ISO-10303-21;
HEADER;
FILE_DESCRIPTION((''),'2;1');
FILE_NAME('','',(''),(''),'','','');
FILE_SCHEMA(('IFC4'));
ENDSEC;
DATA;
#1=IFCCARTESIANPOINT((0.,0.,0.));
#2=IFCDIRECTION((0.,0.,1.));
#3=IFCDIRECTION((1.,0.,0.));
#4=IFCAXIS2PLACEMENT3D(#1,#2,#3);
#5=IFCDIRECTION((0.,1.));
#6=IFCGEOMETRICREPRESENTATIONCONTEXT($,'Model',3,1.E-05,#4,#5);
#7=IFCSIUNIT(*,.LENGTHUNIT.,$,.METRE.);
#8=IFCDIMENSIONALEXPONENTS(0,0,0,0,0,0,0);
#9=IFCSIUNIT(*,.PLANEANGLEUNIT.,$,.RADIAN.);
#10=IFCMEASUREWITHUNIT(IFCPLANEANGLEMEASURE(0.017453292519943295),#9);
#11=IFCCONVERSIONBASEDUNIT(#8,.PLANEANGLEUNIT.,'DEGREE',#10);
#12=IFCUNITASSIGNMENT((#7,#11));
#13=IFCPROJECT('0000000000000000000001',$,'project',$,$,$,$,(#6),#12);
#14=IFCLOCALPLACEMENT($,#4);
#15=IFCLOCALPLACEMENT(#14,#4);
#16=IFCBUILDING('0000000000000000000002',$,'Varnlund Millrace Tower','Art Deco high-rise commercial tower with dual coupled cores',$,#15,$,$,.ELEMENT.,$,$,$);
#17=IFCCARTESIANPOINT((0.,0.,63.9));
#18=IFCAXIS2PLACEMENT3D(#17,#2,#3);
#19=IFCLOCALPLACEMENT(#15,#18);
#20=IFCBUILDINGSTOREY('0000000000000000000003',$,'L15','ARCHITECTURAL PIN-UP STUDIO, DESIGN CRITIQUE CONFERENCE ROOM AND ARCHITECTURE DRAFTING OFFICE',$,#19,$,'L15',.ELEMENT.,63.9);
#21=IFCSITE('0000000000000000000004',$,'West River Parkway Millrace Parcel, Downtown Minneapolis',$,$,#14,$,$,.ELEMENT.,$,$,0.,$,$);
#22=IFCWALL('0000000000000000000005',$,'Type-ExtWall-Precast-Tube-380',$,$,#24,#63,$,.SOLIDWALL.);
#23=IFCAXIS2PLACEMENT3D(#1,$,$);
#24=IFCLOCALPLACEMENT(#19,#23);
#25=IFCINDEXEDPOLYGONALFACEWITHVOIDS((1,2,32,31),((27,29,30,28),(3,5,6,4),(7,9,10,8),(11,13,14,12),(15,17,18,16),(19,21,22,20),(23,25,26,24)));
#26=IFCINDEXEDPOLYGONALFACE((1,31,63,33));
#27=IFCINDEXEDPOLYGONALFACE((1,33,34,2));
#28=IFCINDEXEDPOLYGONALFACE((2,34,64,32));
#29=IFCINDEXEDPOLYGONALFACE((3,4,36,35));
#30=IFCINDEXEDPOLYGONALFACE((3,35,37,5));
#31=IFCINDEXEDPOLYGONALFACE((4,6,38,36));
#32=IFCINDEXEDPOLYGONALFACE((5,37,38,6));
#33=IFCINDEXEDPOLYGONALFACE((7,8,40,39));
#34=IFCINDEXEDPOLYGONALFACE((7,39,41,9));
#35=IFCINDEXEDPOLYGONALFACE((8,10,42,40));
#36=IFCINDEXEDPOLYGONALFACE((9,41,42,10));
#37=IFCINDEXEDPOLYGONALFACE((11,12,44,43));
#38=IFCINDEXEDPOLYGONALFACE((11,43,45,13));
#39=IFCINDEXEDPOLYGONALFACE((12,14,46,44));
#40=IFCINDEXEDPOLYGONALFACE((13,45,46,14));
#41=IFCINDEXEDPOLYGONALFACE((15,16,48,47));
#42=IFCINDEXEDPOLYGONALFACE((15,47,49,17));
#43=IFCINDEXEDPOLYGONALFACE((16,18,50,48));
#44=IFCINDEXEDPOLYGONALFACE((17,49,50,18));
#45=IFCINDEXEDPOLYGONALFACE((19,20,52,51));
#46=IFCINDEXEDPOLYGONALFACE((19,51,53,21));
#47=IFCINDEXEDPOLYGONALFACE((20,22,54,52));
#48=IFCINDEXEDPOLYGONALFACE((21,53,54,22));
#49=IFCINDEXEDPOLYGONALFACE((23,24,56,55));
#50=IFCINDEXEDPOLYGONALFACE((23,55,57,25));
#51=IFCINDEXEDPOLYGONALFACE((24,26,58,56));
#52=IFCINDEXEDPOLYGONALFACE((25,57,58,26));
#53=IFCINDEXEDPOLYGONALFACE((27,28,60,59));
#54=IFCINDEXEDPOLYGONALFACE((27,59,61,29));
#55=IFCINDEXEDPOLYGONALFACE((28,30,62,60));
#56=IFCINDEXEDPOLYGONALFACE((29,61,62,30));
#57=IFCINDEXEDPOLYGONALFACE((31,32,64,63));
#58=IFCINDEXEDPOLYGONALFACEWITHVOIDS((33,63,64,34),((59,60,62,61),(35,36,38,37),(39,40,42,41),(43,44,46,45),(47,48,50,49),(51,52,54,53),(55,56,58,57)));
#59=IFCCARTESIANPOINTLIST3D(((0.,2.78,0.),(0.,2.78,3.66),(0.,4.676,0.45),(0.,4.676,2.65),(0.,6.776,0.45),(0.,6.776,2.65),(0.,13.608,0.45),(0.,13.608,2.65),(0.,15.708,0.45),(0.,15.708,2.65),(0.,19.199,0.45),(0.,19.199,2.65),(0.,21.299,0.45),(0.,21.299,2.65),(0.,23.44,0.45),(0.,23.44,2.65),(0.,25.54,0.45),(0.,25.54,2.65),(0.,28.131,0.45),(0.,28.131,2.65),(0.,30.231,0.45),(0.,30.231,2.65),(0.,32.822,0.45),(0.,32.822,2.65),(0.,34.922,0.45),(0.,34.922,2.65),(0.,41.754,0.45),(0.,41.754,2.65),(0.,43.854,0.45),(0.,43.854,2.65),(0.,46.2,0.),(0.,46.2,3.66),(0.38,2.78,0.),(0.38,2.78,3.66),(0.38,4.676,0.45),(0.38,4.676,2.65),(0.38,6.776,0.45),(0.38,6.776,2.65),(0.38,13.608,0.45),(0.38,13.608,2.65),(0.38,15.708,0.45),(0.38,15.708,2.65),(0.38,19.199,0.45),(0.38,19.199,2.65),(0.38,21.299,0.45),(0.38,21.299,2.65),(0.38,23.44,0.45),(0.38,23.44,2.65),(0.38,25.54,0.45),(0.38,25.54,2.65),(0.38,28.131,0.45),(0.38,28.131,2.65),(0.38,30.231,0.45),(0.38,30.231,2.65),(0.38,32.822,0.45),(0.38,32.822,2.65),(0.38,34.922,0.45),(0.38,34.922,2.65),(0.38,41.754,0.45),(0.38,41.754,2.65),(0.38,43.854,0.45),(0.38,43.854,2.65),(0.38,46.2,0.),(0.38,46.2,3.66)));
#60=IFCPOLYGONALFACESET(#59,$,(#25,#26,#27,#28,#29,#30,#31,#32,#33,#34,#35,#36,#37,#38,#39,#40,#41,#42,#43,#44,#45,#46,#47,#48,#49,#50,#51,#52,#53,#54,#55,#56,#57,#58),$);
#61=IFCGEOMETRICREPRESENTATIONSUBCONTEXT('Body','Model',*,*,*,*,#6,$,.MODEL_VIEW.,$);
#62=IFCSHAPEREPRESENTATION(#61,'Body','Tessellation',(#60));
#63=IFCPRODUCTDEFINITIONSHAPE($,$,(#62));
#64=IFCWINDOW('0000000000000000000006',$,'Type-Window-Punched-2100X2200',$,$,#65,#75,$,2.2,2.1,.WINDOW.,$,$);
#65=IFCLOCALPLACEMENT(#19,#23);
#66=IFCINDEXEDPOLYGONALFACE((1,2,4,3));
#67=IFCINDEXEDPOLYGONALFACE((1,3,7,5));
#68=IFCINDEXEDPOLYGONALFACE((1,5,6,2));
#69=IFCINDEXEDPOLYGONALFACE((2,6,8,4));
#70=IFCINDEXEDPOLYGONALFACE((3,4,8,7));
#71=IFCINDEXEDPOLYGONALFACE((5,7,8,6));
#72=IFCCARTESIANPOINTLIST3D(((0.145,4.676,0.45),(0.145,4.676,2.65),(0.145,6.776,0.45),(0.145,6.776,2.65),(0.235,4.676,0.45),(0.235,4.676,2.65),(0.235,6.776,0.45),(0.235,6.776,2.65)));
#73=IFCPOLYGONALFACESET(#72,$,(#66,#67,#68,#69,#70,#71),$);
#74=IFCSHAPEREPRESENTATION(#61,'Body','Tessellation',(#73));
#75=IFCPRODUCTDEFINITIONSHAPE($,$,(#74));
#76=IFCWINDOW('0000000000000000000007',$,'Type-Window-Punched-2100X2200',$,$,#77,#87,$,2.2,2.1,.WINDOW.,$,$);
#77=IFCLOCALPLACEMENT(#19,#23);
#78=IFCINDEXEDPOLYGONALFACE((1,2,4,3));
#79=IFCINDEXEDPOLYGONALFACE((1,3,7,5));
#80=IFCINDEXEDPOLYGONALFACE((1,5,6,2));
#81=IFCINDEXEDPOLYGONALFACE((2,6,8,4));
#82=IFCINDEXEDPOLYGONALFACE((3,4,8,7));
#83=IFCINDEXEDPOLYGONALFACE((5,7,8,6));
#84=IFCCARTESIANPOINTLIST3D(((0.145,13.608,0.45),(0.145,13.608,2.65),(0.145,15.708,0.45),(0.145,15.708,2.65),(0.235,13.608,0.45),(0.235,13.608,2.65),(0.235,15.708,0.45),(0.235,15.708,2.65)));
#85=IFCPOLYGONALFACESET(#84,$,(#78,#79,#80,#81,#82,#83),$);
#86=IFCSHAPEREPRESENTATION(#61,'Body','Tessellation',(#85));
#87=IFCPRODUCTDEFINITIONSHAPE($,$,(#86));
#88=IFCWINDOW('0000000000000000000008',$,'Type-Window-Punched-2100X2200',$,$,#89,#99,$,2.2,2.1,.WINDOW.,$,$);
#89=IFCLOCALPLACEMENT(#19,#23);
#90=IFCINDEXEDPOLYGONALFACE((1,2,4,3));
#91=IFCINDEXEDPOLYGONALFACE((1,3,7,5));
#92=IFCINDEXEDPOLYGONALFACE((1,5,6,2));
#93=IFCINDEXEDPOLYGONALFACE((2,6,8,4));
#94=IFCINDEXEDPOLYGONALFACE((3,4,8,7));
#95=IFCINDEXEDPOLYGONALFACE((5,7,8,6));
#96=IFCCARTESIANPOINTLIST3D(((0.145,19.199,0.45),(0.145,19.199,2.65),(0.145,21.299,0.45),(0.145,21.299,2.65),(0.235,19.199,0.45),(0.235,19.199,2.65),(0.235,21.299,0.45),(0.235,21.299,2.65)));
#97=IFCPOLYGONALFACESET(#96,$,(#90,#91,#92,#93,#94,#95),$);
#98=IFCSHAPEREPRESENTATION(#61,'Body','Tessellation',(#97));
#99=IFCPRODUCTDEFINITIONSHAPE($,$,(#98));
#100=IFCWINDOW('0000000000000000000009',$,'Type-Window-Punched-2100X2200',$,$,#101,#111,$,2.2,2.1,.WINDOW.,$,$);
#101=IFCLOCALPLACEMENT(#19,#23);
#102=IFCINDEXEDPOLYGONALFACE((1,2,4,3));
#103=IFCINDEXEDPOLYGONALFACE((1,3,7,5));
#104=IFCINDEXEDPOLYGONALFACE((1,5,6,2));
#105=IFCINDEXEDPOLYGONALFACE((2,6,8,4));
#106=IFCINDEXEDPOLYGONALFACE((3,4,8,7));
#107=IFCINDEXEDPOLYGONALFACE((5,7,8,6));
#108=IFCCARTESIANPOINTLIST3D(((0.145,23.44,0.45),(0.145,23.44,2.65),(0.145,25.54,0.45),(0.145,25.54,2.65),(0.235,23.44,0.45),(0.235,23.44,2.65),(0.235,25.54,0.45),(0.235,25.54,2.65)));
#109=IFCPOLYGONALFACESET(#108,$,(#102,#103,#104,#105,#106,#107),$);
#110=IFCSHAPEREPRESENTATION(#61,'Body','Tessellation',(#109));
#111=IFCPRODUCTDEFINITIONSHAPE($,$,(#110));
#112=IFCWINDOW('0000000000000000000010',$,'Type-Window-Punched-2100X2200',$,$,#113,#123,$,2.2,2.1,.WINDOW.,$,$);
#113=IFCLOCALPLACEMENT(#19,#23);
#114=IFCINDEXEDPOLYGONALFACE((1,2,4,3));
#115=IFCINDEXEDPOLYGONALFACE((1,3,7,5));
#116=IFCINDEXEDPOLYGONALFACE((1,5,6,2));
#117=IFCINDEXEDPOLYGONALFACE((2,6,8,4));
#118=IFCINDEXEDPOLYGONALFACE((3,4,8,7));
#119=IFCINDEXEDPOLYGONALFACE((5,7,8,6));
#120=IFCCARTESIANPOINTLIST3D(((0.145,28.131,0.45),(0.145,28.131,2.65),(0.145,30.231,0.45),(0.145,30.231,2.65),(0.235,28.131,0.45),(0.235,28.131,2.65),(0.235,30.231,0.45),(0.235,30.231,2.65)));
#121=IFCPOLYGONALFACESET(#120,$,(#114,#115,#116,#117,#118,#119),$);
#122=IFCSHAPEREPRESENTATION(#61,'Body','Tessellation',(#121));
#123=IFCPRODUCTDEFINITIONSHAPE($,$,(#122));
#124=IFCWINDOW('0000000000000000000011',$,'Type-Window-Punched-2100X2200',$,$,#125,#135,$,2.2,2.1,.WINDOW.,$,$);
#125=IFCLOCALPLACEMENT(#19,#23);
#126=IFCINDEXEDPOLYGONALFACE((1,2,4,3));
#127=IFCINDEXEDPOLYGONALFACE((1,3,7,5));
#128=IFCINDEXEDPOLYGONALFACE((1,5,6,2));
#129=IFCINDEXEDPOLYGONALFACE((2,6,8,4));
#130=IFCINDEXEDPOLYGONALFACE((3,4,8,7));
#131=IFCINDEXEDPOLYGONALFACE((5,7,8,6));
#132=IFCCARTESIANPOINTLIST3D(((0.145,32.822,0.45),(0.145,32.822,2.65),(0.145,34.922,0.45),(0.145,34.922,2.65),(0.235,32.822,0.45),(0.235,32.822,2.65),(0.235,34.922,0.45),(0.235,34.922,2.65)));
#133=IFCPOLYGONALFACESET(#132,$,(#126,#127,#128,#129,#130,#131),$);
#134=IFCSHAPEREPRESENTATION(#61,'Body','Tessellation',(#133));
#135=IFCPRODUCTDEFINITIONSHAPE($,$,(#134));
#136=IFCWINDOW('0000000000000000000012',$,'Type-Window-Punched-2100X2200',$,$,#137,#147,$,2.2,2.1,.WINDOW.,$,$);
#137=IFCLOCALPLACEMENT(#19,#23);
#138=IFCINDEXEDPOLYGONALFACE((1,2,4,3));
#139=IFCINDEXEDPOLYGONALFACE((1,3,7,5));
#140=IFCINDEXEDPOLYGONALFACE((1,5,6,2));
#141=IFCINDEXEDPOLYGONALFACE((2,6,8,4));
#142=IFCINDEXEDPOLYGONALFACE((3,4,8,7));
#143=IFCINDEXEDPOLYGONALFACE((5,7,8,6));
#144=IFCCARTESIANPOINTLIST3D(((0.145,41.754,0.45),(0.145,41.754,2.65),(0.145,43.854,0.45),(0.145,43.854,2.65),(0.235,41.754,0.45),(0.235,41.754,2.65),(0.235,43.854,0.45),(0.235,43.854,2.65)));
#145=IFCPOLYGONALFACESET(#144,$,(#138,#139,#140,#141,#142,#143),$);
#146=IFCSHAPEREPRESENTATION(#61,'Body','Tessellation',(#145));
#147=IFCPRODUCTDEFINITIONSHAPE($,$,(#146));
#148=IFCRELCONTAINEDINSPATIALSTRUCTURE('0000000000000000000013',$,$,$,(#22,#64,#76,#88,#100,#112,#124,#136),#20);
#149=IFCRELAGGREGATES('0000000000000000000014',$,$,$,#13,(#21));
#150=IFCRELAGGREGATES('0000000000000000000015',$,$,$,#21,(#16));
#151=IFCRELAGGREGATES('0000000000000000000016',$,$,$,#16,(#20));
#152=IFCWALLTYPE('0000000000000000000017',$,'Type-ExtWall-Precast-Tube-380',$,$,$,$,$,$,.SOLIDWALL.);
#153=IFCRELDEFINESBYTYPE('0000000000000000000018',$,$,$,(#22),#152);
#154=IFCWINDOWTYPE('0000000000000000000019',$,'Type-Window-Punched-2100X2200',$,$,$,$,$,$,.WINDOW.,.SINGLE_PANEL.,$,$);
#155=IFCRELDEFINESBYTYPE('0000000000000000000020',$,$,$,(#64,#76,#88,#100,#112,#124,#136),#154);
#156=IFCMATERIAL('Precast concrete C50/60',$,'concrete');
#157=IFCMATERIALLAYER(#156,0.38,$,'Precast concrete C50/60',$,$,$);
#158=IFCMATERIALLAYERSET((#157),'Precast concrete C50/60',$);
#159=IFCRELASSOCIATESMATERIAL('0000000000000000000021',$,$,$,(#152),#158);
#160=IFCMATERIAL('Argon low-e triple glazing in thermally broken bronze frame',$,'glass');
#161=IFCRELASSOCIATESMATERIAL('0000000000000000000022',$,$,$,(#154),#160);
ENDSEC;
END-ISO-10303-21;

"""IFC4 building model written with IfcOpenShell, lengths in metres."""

from ifc_helpers import new_model, entity, si_unit, converted_unit, direction, frame, origin_with_axes, origin_2d_with_axis, place, context, subcontext, project, spatial, polyline, rectangle, outline, extrude, material, layer, layer_set, type_object, element, fill, save


model = new_model("IFC4")

# Units and contexts
model_context = context("Model", 3, precision=1e-05, world=origin_with_axes(), true_north=direction((0.0, 1.0)))
body_context = subcontext(model_context, "Body", "Model", "MODEL_VIEW")
ifc_project = project(units=[si_unit("LENGTHUNIT", "METRE"), converted_unit("PLANEANGLEUNIT", "DEGREE", entity("IfcPlaneAngleMeasure", 0.017453292519943295), si_unit("PLANEANGLEUNIT", "RADIAN"), dimensions=[0, 0, 0, 0, 0, 0, 0])], contexts=[model_context])

# Site, building, storey
site_placement = place(None, origin_with_axes())
site = spatial("IfcSite", under=ifc_project, at=site_placement, Name="West River Parkway Millrace Parcel, Downtown Minneapolis", CompositionType="ELEMENT", RefElevation=0.0)
building_placement = place(site_placement, origin_with_axes())
building = spatial("IfcBuilding", under=site, at=building_placement, Name="Varnlund Millrace Tower", Description="Art Deco high-rise commercial tower with dual coupled cores", CompositionType="ELEMENT")
storey_placement = place(building_placement, frame((0.0, 0.0, 63.9), z_axis=(0.0, 0.0, 1.0), x_axis=(1.0, 0.0, 0.0)))
storey = spatial("IfcBuildingStorey", under=building, at=storey_placement, Name="L15", Description="ARCHITECTURAL PIN-UP STUDIO, DESIGN CRITIQUE CONFERENCE ROOM AND ARCHITECTURE DRAFTING OFFICE", LongName="L15", CompositionType="ELEMENT", Elevation=63.9)

# Shared definitions
ifc_material_1 = material(Name="Precast concrete C50/60", Category="concrete")
ifc_layer_1 = layer(ifc_material_1, 0.38, Name="Precast concrete C50/60")
ifc_layer_set_1 = layer_set([ifc_layer_1], Name="Precast concrete C50/60")
wall_type = type_object("IfcWallType", Name="Type-ExtWall-Precast-Tube-380", PredefinedType="SOLIDWALL", material=ifc_layer_set_1)

# Wall, openings, windows
wall_1_placement = place(storey_placement, frame((0.19, 2.78, 0.0), z_axis=(0.0, 0.0, 1.0), x_axis=(0.0, 1.0, 0.0)))
wall_1 = element("IfcWall", 1, at=wall_1_placement, inside=storey, type_object=wall_type, Name="Type-ExtWall-Precast-Tube-380", PredefinedType="SOLIDWALL", context=body_context, shape_type="SweptSolid", body=[
    extrude(outline(polyline([(0.0, -0.19), (43.42, -0.19), (43.42, 0.19), (0.0, 0.19), (0.0, -0.19)])), origin_with_axes(), (0.0, 0.0, 1.0), 3.66),
])
opening_1_placement = place(wall_1_placement, frame((2.946, 0.0, 0.45), z_axis=(0.0, 0.0, 1.0), x_axis=(1.0, 0.0, 0.0)))
opening_1 = element("IfcOpeningElement", 2, at=opening_1_placement, cuts=wall_1, PredefinedType="OPENING", context=body_context, shape_type="SweptSolid", body=[
    extrude(rectangle(XDim=2.1, YDim=0.4, at=origin_2d_with_axis()), origin_with_axes(), (0.0, 0.0, 1.0), 2.2),
])
opening_2_placement = place(wall_1_placement, frame((11.878, 0.0, 0.45), z_axis=(0.0, 0.0, 1.0), x_axis=(1.0, 0.0, 0.0)))
opening_2 = element("IfcOpeningElement", 3, at=opening_2_placement, cuts=wall_1, PredefinedType="OPENING", context=body_context, shape_type="SweptSolid", body=[
    extrude(rectangle(XDim=2.1, YDim=0.4, at=origin_2d_with_axis()), origin_with_axes(), (0.0, 0.0, 1.0), 2.2),
])
opening_3_placement = place(wall_1_placement, frame((17.469, 0.0, 0.45), z_axis=(0.0, 0.0, 1.0), x_axis=(1.0, 0.0, 0.0)))
opening_3 = element("IfcOpeningElement", 4, at=opening_3_placement, cuts=wall_1, PredefinedType="OPENING", context=body_context, shape_type="SweptSolid", body=[
    extrude(rectangle(XDim=2.1, YDim=0.4, at=origin_2d_with_axis()), origin_with_axes(), (0.0, 0.0, 1.0), 2.2),
])
opening_4_placement = place(wall_1_placement, frame((21.71, 0.0, 0.45), z_axis=(0.0, 0.0, 1.0), x_axis=(1.0, 0.0, 0.0)))
opening_4 = element("IfcOpeningElement", 5, at=opening_4_placement, cuts=wall_1, PredefinedType="OPENING", context=body_context, shape_type="SweptSolid", body=[
    extrude(rectangle(XDim=2.1, YDim=0.4, at=origin_2d_with_axis()), origin_with_axes(), (0.0, 0.0, 1.0), 2.2),
])
opening_5_placement = place(wall_1_placement, frame((26.401, 0.0, 0.45), z_axis=(0.0, 0.0, 1.0), x_axis=(1.0, 0.0, 0.0)))
opening_5 = element("IfcOpeningElement", 6, at=opening_5_placement, cuts=wall_1, PredefinedType="OPENING", context=body_context, shape_type="SweptSolid", body=[
    extrude(rectangle(XDim=2.1, YDim=0.4, at=origin_2d_with_axis()), origin_with_axes(), (0.0, 0.0, 1.0), 2.2),
])
opening_6_placement = place(wall_1_placement, frame((31.092, 0.0, 0.45), z_axis=(0.0, 0.0, 1.0), x_axis=(1.0, 0.0, 0.0)))
opening_6 = element("IfcOpeningElement", 7, at=opening_6_placement, cuts=wall_1, PredefinedType="OPENING", context=body_context, shape_type="SweptSolid", body=[
    extrude(rectangle(XDim=2.1, YDim=0.4, at=origin_2d_with_axis()), origin_with_axes(), (0.0, 0.0, 1.0), 2.2),
])
opening_7_placement = place(wall_1_placement, frame((40.024, 0.0, 0.45), z_axis=(0.0, 0.0, 1.0), x_axis=(1.0, 0.0, 0.0)))
opening_7 = element("IfcOpeningElement", 8, at=opening_7_placement, cuts=wall_1, PredefinedType="OPENING", context=body_context, shape_type="SweptSolid", body=[
    extrude(rectangle(XDim=2.1, YDim=0.4, at=origin_2d_with_axis()), origin_with_axes(), (0.0, 0.0, 1.0), 2.2),
])
ifc_material_2 = material(Name="Argon low-e triple glazing in thermally broken bronze frame", Category="glass")
window_type = type_object("IfcWindowType", Name="Type-Window-Punched-2100X2200", PartitioningType="SINGLE_PANEL", PredefinedType="WINDOW", material=ifc_material_2)
window_1_placement = place(wall_1_placement, frame((2.946, 0.0, 0.45), z_axis=(0.0, 0.0, 1.0), x_axis=(1.0, 0.0, 0.0)))
window_1 = element("IfcWindow", 9, at=window_1_placement, inside=storey, type_object=window_type, Name="Type-Window-Punched-2100X2200", OverallHeight=2.2, OverallWidth=2.1, PredefinedType="WINDOW", context=body_context, shape_type="SweptSolid", body=[
    extrude(rectangle(XDim=2.1, YDim=0.09, at=origin_2d_with_axis()), origin_with_axes(), (0.0, 0.0, 1.0), 2.2),
])
fill(opening_1, window_1)
window_2_placement = place(wall_1_placement, frame((11.878, 0.0, 0.45), z_axis=(0.0, 0.0, 1.0), x_axis=(1.0, 0.0, 0.0)))
window_2 = element("IfcWindow", 10, at=window_2_placement, inside=storey, type_object=window_type, Name="Type-Window-Punched-2100X2200", OverallHeight=2.2, OverallWidth=2.1, PredefinedType="WINDOW", context=body_context, shape_type="SweptSolid", body=[
    extrude(rectangle(XDim=2.1, YDim=0.09, at=origin_2d_with_axis()), origin_with_axes(), (0.0, 0.0, 1.0), 2.2),
])
fill(opening_2, window_2)
window_3_placement = place(wall_1_placement, frame((17.469, 0.0, 0.45), z_axis=(0.0, 0.0, 1.0), x_axis=(1.0, 0.0, 0.0)))
window_3 = element("IfcWindow", 11, at=window_3_placement, inside=storey, type_object=window_type, Name="Type-Window-Punched-2100X2200", OverallHeight=2.2, OverallWidth=2.1, PredefinedType="WINDOW", context=body_context, shape_type="SweptSolid", body=[
    extrude(rectangle(XDim=2.1, YDim=0.09, at=origin_2d_with_axis()), origin_with_axes(), (0.0, 0.0, 1.0), 2.2),
])
fill(opening_3, window_3)
window_4_placement = place(wall_1_placement, frame((21.71, 0.0, 0.45), z_axis=(0.0, 0.0, 1.0), x_axis=(1.0, 0.0, 0.0)))
window_4 = element("IfcWindow", 12, at=window_4_placement, inside=storey, type_object=window_type, Name="Type-Window-Punched-2100X2200", OverallHeight=2.2, OverallWidth=2.1, PredefinedType="WINDOW", context=body_context, shape_type="SweptSolid", body=[
    extrude(rectangle(XDim=2.1, YDim=0.09, at=origin_2d_with_axis()), origin_with_axes(), (0.0, 0.0, 1.0), 2.2),
])
fill(opening_4, window_4)
window_5_placement = place(wall_1_placement, frame((26.401, 0.0, 0.45), z_axis=(0.0, 0.0, 1.0), x_axis=(1.0, 0.0, 0.0)))
window_5 = element("IfcWindow", 13, at=window_5_placement, inside=storey, type_object=window_type, Name="Type-Window-Punched-2100X2200", OverallHeight=2.2, OverallWidth=2.1, PredefinedType="WINDOW", context=body_context, shape_type="SweptSolid", body=[
    extrude(rectangle(XDim=2.1, YDim=0.09, at=origin_2d_with_axis()), origin_with_axes(), (0.0, 0.0, 1.0), 2.2),
])
fill(opening_5, window_5)
window_6_placement = place(wall_1_placement, frame((31.092, 0.0, 0.45), z_axis=(0.0, 0.0, 1.0), x_axis=(1.0, 0.0, 0.0)))
window_6 = element("IfcWindow", 14, at=window_6_placement, inside=storey, type_object=window_type, Name="Type-Window-Punched-2100X2200", OverallHeight=2.2, OverallWidth=2.1, PredefinedType="WINDOW", context=body_context, shape_type="SweptSolid", body=[
    extrude(rectangle(XDim=2.1, YDim=0.09, at=origin_2d_with_axis()), origin_with_axes(), (0.0, 0.0, 1.0), 2.2),
])
fill(opening_6, window_6)
window_7_placement = place(wall_1_placement, frame((40.024, 0.0, 0.45), z_axis=(0.0, 0.0, 1.0), x_axis=(1.0, 0.0, 0.0)))
window_7 = element("IfcWindow", 15, at=window_7_placement, inside=storey, type_object=window_type, Name="Type-Window-Punched-2100X2200", OverallHeight=2.2, OverallWidth=2.1, PredefinedType="WINDOW", context=body_context, shape_type="SweptSolid", body=[
    extrude(rectangle(XDim=2.1, YDim=0.09, at=origin_2d_with_axis()), origin_with_axes(), (0.0, 0.0, 1.0), 2.2),
])
fill(opening_7, window_7)

save(model, "model.ifc")
